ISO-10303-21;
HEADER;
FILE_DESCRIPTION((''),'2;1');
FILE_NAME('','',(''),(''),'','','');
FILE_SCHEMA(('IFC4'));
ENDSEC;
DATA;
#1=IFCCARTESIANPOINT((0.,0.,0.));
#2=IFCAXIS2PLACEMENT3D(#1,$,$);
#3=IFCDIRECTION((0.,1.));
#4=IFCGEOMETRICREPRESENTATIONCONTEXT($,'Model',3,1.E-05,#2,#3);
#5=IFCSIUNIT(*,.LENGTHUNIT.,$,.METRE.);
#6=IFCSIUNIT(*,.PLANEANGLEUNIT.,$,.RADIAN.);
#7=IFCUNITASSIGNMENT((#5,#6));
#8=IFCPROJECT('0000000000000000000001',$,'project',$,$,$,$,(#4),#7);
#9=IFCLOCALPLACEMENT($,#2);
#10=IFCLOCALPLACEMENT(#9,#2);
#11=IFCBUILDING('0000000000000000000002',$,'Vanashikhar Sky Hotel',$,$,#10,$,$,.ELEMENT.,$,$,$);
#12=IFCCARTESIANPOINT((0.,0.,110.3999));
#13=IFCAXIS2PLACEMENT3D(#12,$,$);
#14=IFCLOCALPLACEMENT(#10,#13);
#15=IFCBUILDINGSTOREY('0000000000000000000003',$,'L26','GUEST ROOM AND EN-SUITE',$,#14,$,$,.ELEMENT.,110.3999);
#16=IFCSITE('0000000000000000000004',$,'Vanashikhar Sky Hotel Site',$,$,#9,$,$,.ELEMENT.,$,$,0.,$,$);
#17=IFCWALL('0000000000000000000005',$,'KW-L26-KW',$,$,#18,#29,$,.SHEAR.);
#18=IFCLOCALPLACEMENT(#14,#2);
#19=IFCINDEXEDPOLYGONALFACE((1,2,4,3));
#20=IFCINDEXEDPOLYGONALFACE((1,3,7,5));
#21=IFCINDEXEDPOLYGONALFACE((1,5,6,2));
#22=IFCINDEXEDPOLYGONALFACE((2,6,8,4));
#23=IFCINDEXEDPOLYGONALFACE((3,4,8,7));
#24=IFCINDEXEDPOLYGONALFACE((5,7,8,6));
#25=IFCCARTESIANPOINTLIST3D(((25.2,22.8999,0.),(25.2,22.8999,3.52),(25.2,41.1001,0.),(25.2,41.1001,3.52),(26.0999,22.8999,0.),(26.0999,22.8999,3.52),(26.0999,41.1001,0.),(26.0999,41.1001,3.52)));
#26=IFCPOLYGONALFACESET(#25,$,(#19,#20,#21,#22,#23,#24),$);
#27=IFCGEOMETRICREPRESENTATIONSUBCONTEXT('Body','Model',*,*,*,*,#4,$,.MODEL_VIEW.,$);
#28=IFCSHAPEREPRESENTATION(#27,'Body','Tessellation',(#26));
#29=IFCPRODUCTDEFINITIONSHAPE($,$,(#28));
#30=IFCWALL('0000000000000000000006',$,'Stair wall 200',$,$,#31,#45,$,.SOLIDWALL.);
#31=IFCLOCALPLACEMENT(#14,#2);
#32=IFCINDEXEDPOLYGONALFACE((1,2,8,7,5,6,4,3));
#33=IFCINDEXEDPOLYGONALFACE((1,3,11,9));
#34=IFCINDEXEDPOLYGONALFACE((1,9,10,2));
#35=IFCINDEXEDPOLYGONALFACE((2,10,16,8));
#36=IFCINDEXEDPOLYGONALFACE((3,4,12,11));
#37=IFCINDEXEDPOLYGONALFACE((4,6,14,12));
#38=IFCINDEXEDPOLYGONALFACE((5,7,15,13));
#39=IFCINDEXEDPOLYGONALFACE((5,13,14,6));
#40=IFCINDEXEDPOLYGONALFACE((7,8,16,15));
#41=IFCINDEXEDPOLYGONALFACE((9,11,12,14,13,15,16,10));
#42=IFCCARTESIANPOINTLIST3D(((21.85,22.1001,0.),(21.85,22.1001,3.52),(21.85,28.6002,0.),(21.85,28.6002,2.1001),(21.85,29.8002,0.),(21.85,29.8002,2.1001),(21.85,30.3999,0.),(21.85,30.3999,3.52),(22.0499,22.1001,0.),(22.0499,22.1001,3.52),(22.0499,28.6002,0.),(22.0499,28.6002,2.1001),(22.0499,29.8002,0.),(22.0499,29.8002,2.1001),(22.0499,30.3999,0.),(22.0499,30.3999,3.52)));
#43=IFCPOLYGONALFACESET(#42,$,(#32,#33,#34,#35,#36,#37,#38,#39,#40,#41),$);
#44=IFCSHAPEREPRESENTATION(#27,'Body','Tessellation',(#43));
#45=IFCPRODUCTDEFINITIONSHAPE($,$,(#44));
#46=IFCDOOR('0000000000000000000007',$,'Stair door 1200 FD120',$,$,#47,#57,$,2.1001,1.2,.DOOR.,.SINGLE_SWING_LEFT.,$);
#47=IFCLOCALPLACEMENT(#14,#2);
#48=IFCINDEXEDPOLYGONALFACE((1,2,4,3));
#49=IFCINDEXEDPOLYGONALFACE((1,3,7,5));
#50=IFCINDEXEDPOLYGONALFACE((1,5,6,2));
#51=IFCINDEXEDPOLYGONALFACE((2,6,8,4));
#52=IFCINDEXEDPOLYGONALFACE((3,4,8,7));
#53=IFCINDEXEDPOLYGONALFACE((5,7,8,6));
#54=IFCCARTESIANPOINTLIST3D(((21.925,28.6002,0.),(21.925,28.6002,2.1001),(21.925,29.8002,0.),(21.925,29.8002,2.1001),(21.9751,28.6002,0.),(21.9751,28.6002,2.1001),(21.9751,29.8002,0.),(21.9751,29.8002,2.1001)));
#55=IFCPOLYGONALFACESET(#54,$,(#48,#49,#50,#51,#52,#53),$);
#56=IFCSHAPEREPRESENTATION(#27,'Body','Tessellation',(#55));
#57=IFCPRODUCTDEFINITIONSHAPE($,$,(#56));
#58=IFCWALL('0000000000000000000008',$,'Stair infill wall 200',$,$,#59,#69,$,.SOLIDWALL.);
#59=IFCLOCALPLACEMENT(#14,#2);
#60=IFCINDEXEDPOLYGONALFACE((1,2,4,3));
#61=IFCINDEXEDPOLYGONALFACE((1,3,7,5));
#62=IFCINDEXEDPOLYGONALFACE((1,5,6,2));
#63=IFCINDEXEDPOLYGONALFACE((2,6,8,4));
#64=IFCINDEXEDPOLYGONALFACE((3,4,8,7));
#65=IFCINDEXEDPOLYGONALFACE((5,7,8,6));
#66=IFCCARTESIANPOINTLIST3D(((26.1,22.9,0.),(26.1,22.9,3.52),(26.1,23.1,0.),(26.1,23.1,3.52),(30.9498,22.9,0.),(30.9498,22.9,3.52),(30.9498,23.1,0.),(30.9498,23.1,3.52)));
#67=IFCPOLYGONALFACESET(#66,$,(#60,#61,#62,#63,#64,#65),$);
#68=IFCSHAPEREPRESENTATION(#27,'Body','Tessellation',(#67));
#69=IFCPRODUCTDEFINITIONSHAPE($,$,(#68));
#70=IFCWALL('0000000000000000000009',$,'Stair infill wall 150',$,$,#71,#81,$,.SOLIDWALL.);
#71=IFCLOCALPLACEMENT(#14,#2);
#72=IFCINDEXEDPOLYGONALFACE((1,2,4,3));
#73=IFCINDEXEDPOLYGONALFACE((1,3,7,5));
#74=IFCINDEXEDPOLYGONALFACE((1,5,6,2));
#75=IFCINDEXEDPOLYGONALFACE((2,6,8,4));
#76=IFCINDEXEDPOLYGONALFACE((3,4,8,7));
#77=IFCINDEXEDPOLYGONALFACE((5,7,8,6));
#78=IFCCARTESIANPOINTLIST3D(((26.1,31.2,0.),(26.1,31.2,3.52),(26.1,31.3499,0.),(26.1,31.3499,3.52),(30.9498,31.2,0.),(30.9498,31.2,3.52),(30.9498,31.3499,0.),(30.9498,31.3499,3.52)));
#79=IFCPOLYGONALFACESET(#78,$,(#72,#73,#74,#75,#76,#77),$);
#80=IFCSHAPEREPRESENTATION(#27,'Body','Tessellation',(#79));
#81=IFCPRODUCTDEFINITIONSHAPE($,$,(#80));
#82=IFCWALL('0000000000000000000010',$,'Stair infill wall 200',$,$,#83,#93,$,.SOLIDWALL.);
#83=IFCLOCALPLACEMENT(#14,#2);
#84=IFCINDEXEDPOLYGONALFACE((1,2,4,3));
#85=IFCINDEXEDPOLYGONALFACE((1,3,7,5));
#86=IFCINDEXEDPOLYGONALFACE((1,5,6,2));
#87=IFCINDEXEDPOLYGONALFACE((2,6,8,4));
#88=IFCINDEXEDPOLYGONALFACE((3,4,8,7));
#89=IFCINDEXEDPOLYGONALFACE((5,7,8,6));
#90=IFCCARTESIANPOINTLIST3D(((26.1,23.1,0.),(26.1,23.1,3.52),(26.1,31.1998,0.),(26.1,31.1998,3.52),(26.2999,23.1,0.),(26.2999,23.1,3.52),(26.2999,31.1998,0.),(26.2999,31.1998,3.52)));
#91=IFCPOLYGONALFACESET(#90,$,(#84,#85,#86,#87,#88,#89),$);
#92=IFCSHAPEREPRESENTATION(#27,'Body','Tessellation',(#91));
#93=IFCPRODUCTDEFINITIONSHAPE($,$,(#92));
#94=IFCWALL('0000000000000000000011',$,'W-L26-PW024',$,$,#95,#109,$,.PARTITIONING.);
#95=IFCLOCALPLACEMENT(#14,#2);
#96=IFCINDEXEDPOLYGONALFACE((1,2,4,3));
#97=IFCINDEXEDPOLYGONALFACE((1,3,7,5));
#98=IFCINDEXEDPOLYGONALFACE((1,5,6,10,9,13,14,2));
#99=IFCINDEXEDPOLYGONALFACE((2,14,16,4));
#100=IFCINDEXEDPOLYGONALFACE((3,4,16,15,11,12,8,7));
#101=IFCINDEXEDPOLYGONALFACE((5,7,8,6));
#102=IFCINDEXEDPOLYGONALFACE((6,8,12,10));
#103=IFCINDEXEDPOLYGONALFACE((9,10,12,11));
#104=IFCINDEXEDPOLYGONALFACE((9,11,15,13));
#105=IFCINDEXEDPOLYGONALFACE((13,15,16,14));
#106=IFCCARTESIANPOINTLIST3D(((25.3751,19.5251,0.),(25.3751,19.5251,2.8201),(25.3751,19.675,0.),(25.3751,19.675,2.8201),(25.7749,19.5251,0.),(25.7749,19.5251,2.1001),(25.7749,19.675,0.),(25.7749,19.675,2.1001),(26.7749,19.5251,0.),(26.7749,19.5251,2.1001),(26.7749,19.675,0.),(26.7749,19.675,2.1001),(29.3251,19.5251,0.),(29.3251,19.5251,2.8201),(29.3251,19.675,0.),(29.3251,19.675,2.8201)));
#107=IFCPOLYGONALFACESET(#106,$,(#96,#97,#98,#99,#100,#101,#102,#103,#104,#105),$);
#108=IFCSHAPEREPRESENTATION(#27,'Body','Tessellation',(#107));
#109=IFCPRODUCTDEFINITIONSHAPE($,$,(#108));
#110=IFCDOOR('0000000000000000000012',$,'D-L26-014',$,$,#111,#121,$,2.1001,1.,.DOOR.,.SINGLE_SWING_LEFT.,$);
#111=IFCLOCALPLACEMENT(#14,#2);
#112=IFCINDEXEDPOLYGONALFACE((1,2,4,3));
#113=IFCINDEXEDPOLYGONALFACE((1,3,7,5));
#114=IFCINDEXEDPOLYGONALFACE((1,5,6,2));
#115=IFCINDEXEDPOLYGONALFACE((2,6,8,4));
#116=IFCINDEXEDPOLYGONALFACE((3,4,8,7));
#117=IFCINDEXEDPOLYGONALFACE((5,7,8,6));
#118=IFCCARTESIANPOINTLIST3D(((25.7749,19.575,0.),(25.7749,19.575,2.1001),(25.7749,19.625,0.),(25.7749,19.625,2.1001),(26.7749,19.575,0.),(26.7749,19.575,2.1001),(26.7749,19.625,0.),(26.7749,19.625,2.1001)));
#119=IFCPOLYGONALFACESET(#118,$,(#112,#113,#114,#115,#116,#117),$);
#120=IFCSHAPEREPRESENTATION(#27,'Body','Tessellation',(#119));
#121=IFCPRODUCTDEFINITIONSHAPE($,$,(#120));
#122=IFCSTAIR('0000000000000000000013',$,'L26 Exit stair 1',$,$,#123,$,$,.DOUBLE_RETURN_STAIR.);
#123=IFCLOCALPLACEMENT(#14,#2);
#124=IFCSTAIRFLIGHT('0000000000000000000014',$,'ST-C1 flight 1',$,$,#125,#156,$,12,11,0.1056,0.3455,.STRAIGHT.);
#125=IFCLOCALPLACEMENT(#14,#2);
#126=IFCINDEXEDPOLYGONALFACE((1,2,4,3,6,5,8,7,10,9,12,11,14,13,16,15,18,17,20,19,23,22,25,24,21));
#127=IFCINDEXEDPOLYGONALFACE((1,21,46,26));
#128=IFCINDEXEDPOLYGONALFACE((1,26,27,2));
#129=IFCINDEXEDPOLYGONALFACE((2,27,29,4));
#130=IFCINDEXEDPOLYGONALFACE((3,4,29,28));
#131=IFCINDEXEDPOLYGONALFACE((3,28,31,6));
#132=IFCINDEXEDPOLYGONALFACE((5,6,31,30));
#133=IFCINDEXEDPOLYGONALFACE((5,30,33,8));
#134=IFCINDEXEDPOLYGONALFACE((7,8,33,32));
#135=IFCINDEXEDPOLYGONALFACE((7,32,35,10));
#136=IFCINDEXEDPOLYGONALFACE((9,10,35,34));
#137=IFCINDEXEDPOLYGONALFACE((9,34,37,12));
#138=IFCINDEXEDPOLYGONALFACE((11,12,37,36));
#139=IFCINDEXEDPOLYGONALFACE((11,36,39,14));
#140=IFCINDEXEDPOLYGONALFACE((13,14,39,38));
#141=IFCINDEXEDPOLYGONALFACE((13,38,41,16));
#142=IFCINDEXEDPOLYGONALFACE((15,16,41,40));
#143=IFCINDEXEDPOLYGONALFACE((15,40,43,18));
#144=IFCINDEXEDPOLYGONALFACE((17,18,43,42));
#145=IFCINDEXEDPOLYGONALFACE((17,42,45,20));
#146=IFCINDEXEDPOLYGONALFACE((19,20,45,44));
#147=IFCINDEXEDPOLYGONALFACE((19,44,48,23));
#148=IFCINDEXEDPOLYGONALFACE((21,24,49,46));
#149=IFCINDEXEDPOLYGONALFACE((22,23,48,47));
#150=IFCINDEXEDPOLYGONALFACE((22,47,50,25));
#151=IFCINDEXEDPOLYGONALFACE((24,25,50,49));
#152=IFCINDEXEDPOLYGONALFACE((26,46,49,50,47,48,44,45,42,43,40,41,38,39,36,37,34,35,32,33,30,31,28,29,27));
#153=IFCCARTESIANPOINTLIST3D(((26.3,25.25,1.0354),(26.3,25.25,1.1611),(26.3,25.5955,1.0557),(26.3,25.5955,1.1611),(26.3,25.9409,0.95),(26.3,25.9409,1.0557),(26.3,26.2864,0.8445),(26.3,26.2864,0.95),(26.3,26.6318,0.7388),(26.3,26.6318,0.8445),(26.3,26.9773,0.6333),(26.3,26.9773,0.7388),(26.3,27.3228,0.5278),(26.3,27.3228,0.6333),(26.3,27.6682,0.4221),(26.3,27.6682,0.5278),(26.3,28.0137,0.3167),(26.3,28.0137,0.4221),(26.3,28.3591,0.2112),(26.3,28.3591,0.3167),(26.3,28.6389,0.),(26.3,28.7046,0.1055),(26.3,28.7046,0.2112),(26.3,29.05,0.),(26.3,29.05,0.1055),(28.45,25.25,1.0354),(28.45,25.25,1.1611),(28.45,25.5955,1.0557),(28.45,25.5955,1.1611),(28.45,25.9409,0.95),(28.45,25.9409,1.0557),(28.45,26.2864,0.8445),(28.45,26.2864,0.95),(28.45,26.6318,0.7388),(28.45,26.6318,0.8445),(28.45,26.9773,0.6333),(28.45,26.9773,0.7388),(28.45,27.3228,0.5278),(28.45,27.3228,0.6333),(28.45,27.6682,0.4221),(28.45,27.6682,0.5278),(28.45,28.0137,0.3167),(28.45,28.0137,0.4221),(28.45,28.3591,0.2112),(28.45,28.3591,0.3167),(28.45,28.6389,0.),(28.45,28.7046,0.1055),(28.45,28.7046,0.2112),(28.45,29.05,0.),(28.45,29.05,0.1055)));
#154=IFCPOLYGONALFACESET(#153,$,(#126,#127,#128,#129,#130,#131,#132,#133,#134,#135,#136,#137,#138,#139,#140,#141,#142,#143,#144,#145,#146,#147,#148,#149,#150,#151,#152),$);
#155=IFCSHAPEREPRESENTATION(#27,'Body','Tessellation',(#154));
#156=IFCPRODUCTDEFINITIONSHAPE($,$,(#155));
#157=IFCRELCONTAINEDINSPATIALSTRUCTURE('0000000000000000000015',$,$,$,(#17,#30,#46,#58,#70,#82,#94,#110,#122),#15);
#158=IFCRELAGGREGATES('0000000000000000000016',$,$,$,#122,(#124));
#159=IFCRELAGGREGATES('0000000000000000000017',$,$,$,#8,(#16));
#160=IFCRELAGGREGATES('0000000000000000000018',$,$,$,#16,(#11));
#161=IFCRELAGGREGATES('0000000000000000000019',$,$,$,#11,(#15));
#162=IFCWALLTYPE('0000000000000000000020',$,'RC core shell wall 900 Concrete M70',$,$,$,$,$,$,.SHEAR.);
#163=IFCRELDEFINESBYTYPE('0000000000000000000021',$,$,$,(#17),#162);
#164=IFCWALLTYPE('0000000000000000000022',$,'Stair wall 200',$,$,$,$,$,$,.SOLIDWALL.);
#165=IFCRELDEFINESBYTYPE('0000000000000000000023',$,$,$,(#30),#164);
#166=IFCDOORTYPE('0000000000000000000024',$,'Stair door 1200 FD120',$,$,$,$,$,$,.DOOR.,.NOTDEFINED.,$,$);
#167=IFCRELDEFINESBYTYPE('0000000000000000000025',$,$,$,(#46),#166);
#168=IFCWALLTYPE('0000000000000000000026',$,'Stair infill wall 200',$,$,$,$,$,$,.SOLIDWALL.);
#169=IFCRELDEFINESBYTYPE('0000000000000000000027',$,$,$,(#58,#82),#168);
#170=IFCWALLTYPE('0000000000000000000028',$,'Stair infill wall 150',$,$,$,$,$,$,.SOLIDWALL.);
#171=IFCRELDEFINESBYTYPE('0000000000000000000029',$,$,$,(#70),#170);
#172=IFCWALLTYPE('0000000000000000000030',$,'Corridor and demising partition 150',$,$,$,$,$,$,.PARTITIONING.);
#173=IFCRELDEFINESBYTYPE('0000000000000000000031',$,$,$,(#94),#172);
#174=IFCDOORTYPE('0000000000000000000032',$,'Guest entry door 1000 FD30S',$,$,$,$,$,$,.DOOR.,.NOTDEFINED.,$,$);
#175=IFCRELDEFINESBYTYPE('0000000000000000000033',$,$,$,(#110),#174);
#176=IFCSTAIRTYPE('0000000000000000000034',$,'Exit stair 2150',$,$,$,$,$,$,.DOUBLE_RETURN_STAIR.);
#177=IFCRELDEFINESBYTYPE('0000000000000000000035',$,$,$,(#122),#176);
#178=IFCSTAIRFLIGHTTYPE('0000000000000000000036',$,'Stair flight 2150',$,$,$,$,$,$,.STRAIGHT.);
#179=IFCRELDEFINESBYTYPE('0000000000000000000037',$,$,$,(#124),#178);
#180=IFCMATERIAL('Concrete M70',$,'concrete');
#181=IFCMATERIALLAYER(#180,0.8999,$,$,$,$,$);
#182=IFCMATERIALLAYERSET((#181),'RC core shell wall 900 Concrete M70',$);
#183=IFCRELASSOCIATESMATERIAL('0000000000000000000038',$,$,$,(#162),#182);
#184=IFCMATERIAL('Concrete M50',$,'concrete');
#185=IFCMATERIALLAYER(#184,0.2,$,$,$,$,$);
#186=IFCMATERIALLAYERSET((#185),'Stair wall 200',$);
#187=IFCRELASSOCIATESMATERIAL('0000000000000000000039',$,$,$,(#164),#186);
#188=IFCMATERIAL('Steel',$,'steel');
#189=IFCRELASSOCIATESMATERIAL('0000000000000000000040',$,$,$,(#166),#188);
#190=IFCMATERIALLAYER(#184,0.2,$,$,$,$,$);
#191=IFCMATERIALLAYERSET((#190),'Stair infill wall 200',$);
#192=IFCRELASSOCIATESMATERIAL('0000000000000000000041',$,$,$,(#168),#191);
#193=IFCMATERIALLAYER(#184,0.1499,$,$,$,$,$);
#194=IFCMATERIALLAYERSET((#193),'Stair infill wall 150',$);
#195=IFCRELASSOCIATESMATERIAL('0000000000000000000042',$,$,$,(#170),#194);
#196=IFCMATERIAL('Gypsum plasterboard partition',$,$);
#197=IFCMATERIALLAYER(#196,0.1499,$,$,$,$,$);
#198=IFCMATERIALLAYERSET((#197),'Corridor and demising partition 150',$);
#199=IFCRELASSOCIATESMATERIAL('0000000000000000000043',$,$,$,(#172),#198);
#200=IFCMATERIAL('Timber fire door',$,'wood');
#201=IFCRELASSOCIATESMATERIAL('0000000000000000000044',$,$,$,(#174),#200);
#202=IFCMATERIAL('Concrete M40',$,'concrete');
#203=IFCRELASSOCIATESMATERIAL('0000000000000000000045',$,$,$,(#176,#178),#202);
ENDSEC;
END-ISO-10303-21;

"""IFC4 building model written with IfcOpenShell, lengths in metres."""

from ifc_helpers import new_model, si_unit, direction, frame, frame_2d, origin, place, context, subcontext, project, spatial, polyline, rectangle, outline, extrude, source, transform, mapped, material, layer, layer_set, type_object, element, fill, aggregate, save


model = new_model("IFC4")

# Units and contexts
model_context = context("Model", 3, precision=1e-05, world=origin(), true_north=direction((0.0, 1.0)))
body_context = subcontext(model_context, "Body", "Model", "MODEL_VIEW")
ifc_project = project(units=[si_unit("LENGTHUNIT", "METRE"), si_unit("PLANEANGLEUNIT", "RADIAN")], contexts=[model_context])

# Site, building, storey
site_placement = place(None, origin())
site = spatial("IfcSite", under=ifc_project, at=site_placement, Name="Vanashikhar Sky Hotel Site", CompositionType="ELEMENT", RefElevation=0.0)
building_placement = place(site_placement, origin())
building = spatial("IfcBuilding", under=site, at=building_placement, Name="Vanashikhar Sky Hotel", CompositionType="ELEMENT")
storey_placement = place(building_placement, frame((0.0, 0.0, 110.3999)))
storey = spatial("IfcBuildingStorey", under=building, at=storey_placement, Name="L26", Description="GUEST ROOM AND EN-SUITE", CompositionType="ELEMENT", Elevation=110.3999)

# Shared definitions
ifc_material_1 = material(Name="Concrete M70", Category="concrete")
ifc_layer_1 = layer(ifc_material_1, 0.8999)
ifc_layer_set_1 = layer_set([ifc_layer_1], Name="RC core shell wall 900 Concrete M70")
wall_type_1 = type_object("IfcWallType", Name="RC core shell wall 900 Concrete M70", PredefinedType="SHEAR", material=ifc_layer_set_1)
ifc_material_2 = material(Name="Steel", Category="steel")

# Wall
shared_shape_1 = source(origin(), body_context, "Body", "SweptSolid", [
    extrude(rectangle(XDim=18.2002, YDim=0.8999, at=frame_2d((9.1001, 0.0))), origin(), (0.0, 0.0, 1.0), 3.52),
])
wall_1_placement = place(storey_placement, frame((25.6499, 22.8999, 0.0), z_axis=(0.0, 0.0, 1.0), x_axis=(0.0, 1.0, 0.0)))
element("IfcWall", 1, at=wall_1_placement, inside=storey, type_object=wall_type_1, Name="KW-L26-KW", PredefinedType="SHEAR", context=body_context, shape_type="MappedRepresentation", body=[
    mapped(shared_shape_1, transform((0.0, 0.0, 0.0), scale=1.0)),
])

# Wall, opening, door
ifc_material_3 = material(Name="Concrete M50", Category="concrete")
ifc_layer_2 = layer(ifc_material_3, 0.2)
ifc_layer_set_2 = layer_set([ifc_layer_2], Name="Stair wall 200")
wall_type_2 = type_object("IfcWallType", Name="Stair wall 200", PredefinedType="SOLIDWALL", material=ifc_layer_set_2)
shared_shape_2 = source(origin(), body_context, "Body", "SweptSolid", [
    extrude(rectangle(XDim=8.2998, YDim=0.2, at=frame_2d((4.1499, 0.0))), origin(), (0.0, 0.0, 1.0), 3.52),
])
wall_2_placement = place(storey_placement, frame((21.95, 22.1001, 0.0), z_axis=(0.0, 0.0, 1.0), x_axis=(0.0, 1.0, 0.0)))
wall_2 = element("IfcWall", 2, at=wall_2_placement, inside=storey, type_object=wall_type_2, Name="Stair wall 200", PredefinedType="SOLIDWALL", context=body_context, shape_type="MappedRepresentation", body=[
    mapped(shared_shape_2, transform((0.0, 0.0, 0.0), scale=1.0)),
])
shared_shape_3 = source(origin(), body_context, "Body", "SweptSolid", [
    extrude(rectangle(XDim=1.2, YDim=2.1001, at=frame_2d((0.6001, 1.05))), frame((0.0, 0.1099, 0.0), z_axis=(0.0, -1.0, 0.0), x_axis=(1.0, 0.0, 0.0)), (0.0, 0.0, 1.0), 0.22),
])
opening_1_placement = place(wall_2_placement, frame((6.5, 0.0, 0.0)))
opening_1 = element("IfcOpeningElement", 3, at=opening_1_placement, cuts=wall_2, PredefinedType="OPENING", context=body_context, shape_type="MappedRepresentation", body=[
    mapped(shared_shape_3, transform((0.0, 0.0, 0.0), scale=1.0)),
])
door_type_1 = type_object("IfcDoorType", Name="Stair door 1200 FD120", OperationType="NOTDEFINED", PredefinedType="DOOR", material=ifc_material_2)
shared_shape_4 = source(origin(), body_context, "Body", "SweptSolid", [
    extrude(rectangle(XDim=1.2, YDim=2.1001, at=frame_2d((0.6001, 1.05))), frame((0.0, 0.0249, 0.0), z_axis=(0.0, -1.0, 0.0), x_axis=(1.0, 0.0, 0.0)), (0.0, 0.0, 1.0), 0.05),
])
door_1_placement = place(opening_1_placement, origin())
door_1 = element("IfcDoor", 4, at=door_1_placement, inside=storey, type_object=door_type_1, Name="Stair door 1200 FD120", OperationType="SINGLE_SWING_LEFT", OverallHeight=2.1001, OverallWidth=1.2, PredefinedType="DOOR", context=body_context, shape_type="MappedRepresentation", body=[
    mapped(shared_shape_4, transform((0.0, 0.0, 0.0), scale=1.0)),
])
fill(opening_1, door_1)

# Walls
ifc_layer_3 = layer(ifc_material_3, 0.2)
ifc_layer_set_3 = layer_set([ifc_layer_3], Name="Stair infill wall 200")
wall_type_3 = type_object("IfcWallType", Name="Stair infill wall 200", PredefinedType="SOLIDWALL", material=ifc_layer_set_3)
shared_shape_5 = source(origin(), body_context, "Body", "SweptSolid", [
    extrude(rectangle(XDim=4.8499, YDim=0.2, at=frame_2d((2.4248, 0.0))), origin(), (0.0, 0.0, 1.0), 3.52),
])
wall_3_placement = place(storey_placement, frame((26.1001, 23.0, 0.0), z_axis=(0.0, 0.0, 1.0), x_axis=(1.0, 0.0, 0.0)))
element("IfcWall", 5, at=wall_3_placement, inside=storey, type_object=wall_type_3, Name="Stair infill wall 200", PredefinedType="SOLIDWALL", context=body_context, shape_type="MappedRepresentation", body=[
    mapped(shared_shape_5, transform((0.0, 0.0, 0.0), scale=1.0)),
])
ifc_layer_4 = layer(ifc_material_3, 0.1499)
ifc_layer_set_4 = layer_set([ifc_layer_4], Name="Stair infill wall 150")
wall_type_4 = type_object("IfcWallType", Name="Stair infill wall 150", PredefinedType="SOLIDWALL", material=ifc_layer_set_4)
shared_shape_6 = source(origin(), body_context, "Body", "SweptSolid", [
    extrude(rectangle(XDim=4.8499, YDim=0.1499, at=frame_2d((2.4248, 0.0))), origin(), (0.0, 0.0, 1.0), 3.52),
])
wall_4_placement = place(storey_placement, frame((26.1001, 31.2749, 0.0), z_axis=(0.0, 0.0, 1.0), x_axis=(1.0, 0.0, 0.0)))
element("IfcWall", 6, at=wall_4_placement, inside=storey, type_object=wall_type_4, Name="Stair infill wall 150", PredefinedType="SOLIDWALL", context=body_context, shape_type="MappedRepresentation", body=[
    mapped(shared_shape_6, transform((0.0, 0.0, 0.0), scale=1.0)),
])
shared_shape_7 = source(origin(), body_context, "Body", "SweptSolid", [
    extrude(rectangle(XDim=8.0999, YDim=0.2, at=frame_2d((4.0498, 0.0))), origin(), (0.0, 0.0, 1.0), 3.52),
])
wall_5_placement = place(storey_placement, frame((26.2, 23.1001, 0.0), z_axis=(0.0, 0.0, 1.0), x_axis=(0.0, 1.0, 0.0)))
element("IfcWall", 7, at=wall_5_placement, inside=storey, type_object=wall_type_3, Name="Stair infill wall 200", PredefinedType="SOLIDWALL", context=body_context, shape_type="MappedRepresentation", body=[
    mapped(shared_shape_7, transform((0.0, 0.0, 0.0), scale=1.0)),
])

# Wall, opening, door
ifc_material_4 = material(Name="Gypsum plasterboard partition")
ifc_layer_5 = layer(ifc_material_4, 0.1499)
ifc_layer_set_5 = layer_set([ifc_layer_5], Name="Corridor and demising partition 150")
wall_type_5 = type_object("IfcWallType", Name="Corridor and demising partition 150", PredefinedType="PARTITIONING", material=ifc_layer_set_5)
shared_shape_8 = source(origin(), body_context, "Body", "SweptSolid", [
    extrude(rectangle(XDim=3.95, YDim=0.1499, at=frame_2d((1.9751, 0.0))), origin(), (0.0, 0.0, 1.0), 2.8201),
])
wall_6_placement = place(storey_placement, frame((25.375, 19.6001, 0.0), z_axis=(0.0, 0.0, 1.0), x_axis=(1.0, 0.0, 0.0)))
wall_6 = element("IfcWall", 8, at=wall_6_placement, inside=storey, type_object=wall_type_5, Name="W-L26-PW024", PredefinedType="PARTITIONING", context=body_context, shape_type="MappedRepresentation", body=[
    mapped(shared_shape_8, transform((0.0, 0.0, 0.0), scale=1.0)),
])
shared_shape_9 = source(origin(), body_context, "Body", "SweptSolid", [
    extrude(rectangle(XDim=1.0, YDim=2.1001, at=frame_2d((0.5, 1.05))), frame((0.0, 0.085, 0.0), z_axis=(0.0, -1.0, 0.0), x_axis=(1.0, 0.0, 0.0)), (0.0, 0.0, 1.0), 0.1699),
])
opening_2_placement = place(wall_6_placement, frame((0.3999, 0.0, 0.0)))
opening_2 = element("IfcOpeningElement", 9, at=opening_2_placement, cuts=wall_6, PredefinedType="OPENING", context=body_context, shape_type="MappedRepresentation", body=[
    mapped(shared_shape_9, transform((0.0, 0.0, 0.0), scale=1.0)),
])
ifc_material_5 = material(Name="Timber fire door", Category="wood")
door_type_2 = type_object("IfcDoorType", Name="Guest entry door 1000 FD30S", OperationType="NOTDEFINED", PredefinedType="DOOR", material=ifc_material_5)
shared_shape_10 = source(origin(), body_context, "Body", "SweptSolid", [
    extrude(rectangle(XDim=1.0, YDim=2.1001, at=frame_2d((0.5, 1.05))), frame((0.0, 0.0249, 0.0), z_axis=(0.0, -1.0, 0.0), x_axis=(1.0, 0.0, 0.0)), (0.0, 0.0, 1.0), 0.05),
])
door_2_placement = place(opening_2_placement, origin())
door_2 = element("IfcDoor", 10, at=door_2_placement, inside=storey, type_object=door_type_2, Name="D-L26-014", OperationType="SINGLE_SWING_LEFT", OverallHeight=2.1001, OverallWidth=1.0, PredefinedType="DOOR", context=body_context, shape_type="MappedRepresentation", body=[
    mapped(shared_shape_10, transform((0.0, 0.0, 0.0), scale=1.0)),
])
fill(opening_2, door_2)

# Stair, stair flight
ifc_material_6 = material(Name="Concrete M40", Category="concrete")
stair_type = type_object("IfcStairType", Name="Exit stair 2150", PredefinedType="DOUBLE_RETURN_STAIR", material=ifc_material_6)
stair_placement = place(storey_placement, origin())
stair = element("IfcStair", 11, at=stair_placement, inside=storey, type_object=stair_type, Name="L26 Exit stair 1", PredefinedType="DOUBLE_RETURN_STAIR")
stair_flight_type = type_object("IfcStairFlightType", Name="Stair flight 2150", PredefinedType="STRAIGHT", material=ifc_material_6)
shared_shape_11 = source(origin(), body_context, "Body", "SweptSolid", [
    extrude(outline(polyline([(0.0, 0.0), (0.0, 0.1055), (0.3455, 0.1055), (0.3455, 0.2112), (0.6909, 0.2112), (0.6909, 0.3167), (1.0364, 0.3167), (1.0364, 0.4221), (1.3818, 0.4221), (1.3818, 0.5278), (1.7273, 0.5278), (1.7273, 0.6333), (2.0728, 0.6333), (2.0728, 0.7388), (2.4182, 0.7388), (2.4182, 0.8445), (2.7637, 0.8445), (2.7637, 0.95), (3.1091, 0.95), (3.1091, 1.0557), (3.4546, 1.0557), (3.4546, 1.1611), (3.8, 1.1611), (3.8, 1.2666), (3.8, 1.0354), (0.4111, 0.0), (0.0, 0.0)])), frame((0.0, 1.075, 0.0), z_axis=(0.0, -1.0, 0.0), x_axis=(1.0, 0.0, 0.0)), (0.0, 0.0, 1.0), 2.1499),
])
stair_flight_1_placement = place(storey_placement, frame((27.375, 29.05, 0.0), z_axis=(0.0, 0.0, 1.0), x_axis=(0.0, -1.0, 0.0)))
stair_flight_1 = element("IfcStairFlight", 12, at=stair_flight_1_placement, type_object=stair_flight_type, Name="ST-C1 flight 1", NumberOfRisers=12, NumberOfTreads=11, PredefinedType="STRAIGHT", RiserHeight=0.1056, TreadLength=0.3455, context=body_context, shape_type="MappedRepresentation", body=[
    mapped(shared_shape_11, transform((0.0, 0.0, 0.0), scale=1.0)),
])
aggregate(stair, [stair_flight_1])

save(model, "model.ifc")
